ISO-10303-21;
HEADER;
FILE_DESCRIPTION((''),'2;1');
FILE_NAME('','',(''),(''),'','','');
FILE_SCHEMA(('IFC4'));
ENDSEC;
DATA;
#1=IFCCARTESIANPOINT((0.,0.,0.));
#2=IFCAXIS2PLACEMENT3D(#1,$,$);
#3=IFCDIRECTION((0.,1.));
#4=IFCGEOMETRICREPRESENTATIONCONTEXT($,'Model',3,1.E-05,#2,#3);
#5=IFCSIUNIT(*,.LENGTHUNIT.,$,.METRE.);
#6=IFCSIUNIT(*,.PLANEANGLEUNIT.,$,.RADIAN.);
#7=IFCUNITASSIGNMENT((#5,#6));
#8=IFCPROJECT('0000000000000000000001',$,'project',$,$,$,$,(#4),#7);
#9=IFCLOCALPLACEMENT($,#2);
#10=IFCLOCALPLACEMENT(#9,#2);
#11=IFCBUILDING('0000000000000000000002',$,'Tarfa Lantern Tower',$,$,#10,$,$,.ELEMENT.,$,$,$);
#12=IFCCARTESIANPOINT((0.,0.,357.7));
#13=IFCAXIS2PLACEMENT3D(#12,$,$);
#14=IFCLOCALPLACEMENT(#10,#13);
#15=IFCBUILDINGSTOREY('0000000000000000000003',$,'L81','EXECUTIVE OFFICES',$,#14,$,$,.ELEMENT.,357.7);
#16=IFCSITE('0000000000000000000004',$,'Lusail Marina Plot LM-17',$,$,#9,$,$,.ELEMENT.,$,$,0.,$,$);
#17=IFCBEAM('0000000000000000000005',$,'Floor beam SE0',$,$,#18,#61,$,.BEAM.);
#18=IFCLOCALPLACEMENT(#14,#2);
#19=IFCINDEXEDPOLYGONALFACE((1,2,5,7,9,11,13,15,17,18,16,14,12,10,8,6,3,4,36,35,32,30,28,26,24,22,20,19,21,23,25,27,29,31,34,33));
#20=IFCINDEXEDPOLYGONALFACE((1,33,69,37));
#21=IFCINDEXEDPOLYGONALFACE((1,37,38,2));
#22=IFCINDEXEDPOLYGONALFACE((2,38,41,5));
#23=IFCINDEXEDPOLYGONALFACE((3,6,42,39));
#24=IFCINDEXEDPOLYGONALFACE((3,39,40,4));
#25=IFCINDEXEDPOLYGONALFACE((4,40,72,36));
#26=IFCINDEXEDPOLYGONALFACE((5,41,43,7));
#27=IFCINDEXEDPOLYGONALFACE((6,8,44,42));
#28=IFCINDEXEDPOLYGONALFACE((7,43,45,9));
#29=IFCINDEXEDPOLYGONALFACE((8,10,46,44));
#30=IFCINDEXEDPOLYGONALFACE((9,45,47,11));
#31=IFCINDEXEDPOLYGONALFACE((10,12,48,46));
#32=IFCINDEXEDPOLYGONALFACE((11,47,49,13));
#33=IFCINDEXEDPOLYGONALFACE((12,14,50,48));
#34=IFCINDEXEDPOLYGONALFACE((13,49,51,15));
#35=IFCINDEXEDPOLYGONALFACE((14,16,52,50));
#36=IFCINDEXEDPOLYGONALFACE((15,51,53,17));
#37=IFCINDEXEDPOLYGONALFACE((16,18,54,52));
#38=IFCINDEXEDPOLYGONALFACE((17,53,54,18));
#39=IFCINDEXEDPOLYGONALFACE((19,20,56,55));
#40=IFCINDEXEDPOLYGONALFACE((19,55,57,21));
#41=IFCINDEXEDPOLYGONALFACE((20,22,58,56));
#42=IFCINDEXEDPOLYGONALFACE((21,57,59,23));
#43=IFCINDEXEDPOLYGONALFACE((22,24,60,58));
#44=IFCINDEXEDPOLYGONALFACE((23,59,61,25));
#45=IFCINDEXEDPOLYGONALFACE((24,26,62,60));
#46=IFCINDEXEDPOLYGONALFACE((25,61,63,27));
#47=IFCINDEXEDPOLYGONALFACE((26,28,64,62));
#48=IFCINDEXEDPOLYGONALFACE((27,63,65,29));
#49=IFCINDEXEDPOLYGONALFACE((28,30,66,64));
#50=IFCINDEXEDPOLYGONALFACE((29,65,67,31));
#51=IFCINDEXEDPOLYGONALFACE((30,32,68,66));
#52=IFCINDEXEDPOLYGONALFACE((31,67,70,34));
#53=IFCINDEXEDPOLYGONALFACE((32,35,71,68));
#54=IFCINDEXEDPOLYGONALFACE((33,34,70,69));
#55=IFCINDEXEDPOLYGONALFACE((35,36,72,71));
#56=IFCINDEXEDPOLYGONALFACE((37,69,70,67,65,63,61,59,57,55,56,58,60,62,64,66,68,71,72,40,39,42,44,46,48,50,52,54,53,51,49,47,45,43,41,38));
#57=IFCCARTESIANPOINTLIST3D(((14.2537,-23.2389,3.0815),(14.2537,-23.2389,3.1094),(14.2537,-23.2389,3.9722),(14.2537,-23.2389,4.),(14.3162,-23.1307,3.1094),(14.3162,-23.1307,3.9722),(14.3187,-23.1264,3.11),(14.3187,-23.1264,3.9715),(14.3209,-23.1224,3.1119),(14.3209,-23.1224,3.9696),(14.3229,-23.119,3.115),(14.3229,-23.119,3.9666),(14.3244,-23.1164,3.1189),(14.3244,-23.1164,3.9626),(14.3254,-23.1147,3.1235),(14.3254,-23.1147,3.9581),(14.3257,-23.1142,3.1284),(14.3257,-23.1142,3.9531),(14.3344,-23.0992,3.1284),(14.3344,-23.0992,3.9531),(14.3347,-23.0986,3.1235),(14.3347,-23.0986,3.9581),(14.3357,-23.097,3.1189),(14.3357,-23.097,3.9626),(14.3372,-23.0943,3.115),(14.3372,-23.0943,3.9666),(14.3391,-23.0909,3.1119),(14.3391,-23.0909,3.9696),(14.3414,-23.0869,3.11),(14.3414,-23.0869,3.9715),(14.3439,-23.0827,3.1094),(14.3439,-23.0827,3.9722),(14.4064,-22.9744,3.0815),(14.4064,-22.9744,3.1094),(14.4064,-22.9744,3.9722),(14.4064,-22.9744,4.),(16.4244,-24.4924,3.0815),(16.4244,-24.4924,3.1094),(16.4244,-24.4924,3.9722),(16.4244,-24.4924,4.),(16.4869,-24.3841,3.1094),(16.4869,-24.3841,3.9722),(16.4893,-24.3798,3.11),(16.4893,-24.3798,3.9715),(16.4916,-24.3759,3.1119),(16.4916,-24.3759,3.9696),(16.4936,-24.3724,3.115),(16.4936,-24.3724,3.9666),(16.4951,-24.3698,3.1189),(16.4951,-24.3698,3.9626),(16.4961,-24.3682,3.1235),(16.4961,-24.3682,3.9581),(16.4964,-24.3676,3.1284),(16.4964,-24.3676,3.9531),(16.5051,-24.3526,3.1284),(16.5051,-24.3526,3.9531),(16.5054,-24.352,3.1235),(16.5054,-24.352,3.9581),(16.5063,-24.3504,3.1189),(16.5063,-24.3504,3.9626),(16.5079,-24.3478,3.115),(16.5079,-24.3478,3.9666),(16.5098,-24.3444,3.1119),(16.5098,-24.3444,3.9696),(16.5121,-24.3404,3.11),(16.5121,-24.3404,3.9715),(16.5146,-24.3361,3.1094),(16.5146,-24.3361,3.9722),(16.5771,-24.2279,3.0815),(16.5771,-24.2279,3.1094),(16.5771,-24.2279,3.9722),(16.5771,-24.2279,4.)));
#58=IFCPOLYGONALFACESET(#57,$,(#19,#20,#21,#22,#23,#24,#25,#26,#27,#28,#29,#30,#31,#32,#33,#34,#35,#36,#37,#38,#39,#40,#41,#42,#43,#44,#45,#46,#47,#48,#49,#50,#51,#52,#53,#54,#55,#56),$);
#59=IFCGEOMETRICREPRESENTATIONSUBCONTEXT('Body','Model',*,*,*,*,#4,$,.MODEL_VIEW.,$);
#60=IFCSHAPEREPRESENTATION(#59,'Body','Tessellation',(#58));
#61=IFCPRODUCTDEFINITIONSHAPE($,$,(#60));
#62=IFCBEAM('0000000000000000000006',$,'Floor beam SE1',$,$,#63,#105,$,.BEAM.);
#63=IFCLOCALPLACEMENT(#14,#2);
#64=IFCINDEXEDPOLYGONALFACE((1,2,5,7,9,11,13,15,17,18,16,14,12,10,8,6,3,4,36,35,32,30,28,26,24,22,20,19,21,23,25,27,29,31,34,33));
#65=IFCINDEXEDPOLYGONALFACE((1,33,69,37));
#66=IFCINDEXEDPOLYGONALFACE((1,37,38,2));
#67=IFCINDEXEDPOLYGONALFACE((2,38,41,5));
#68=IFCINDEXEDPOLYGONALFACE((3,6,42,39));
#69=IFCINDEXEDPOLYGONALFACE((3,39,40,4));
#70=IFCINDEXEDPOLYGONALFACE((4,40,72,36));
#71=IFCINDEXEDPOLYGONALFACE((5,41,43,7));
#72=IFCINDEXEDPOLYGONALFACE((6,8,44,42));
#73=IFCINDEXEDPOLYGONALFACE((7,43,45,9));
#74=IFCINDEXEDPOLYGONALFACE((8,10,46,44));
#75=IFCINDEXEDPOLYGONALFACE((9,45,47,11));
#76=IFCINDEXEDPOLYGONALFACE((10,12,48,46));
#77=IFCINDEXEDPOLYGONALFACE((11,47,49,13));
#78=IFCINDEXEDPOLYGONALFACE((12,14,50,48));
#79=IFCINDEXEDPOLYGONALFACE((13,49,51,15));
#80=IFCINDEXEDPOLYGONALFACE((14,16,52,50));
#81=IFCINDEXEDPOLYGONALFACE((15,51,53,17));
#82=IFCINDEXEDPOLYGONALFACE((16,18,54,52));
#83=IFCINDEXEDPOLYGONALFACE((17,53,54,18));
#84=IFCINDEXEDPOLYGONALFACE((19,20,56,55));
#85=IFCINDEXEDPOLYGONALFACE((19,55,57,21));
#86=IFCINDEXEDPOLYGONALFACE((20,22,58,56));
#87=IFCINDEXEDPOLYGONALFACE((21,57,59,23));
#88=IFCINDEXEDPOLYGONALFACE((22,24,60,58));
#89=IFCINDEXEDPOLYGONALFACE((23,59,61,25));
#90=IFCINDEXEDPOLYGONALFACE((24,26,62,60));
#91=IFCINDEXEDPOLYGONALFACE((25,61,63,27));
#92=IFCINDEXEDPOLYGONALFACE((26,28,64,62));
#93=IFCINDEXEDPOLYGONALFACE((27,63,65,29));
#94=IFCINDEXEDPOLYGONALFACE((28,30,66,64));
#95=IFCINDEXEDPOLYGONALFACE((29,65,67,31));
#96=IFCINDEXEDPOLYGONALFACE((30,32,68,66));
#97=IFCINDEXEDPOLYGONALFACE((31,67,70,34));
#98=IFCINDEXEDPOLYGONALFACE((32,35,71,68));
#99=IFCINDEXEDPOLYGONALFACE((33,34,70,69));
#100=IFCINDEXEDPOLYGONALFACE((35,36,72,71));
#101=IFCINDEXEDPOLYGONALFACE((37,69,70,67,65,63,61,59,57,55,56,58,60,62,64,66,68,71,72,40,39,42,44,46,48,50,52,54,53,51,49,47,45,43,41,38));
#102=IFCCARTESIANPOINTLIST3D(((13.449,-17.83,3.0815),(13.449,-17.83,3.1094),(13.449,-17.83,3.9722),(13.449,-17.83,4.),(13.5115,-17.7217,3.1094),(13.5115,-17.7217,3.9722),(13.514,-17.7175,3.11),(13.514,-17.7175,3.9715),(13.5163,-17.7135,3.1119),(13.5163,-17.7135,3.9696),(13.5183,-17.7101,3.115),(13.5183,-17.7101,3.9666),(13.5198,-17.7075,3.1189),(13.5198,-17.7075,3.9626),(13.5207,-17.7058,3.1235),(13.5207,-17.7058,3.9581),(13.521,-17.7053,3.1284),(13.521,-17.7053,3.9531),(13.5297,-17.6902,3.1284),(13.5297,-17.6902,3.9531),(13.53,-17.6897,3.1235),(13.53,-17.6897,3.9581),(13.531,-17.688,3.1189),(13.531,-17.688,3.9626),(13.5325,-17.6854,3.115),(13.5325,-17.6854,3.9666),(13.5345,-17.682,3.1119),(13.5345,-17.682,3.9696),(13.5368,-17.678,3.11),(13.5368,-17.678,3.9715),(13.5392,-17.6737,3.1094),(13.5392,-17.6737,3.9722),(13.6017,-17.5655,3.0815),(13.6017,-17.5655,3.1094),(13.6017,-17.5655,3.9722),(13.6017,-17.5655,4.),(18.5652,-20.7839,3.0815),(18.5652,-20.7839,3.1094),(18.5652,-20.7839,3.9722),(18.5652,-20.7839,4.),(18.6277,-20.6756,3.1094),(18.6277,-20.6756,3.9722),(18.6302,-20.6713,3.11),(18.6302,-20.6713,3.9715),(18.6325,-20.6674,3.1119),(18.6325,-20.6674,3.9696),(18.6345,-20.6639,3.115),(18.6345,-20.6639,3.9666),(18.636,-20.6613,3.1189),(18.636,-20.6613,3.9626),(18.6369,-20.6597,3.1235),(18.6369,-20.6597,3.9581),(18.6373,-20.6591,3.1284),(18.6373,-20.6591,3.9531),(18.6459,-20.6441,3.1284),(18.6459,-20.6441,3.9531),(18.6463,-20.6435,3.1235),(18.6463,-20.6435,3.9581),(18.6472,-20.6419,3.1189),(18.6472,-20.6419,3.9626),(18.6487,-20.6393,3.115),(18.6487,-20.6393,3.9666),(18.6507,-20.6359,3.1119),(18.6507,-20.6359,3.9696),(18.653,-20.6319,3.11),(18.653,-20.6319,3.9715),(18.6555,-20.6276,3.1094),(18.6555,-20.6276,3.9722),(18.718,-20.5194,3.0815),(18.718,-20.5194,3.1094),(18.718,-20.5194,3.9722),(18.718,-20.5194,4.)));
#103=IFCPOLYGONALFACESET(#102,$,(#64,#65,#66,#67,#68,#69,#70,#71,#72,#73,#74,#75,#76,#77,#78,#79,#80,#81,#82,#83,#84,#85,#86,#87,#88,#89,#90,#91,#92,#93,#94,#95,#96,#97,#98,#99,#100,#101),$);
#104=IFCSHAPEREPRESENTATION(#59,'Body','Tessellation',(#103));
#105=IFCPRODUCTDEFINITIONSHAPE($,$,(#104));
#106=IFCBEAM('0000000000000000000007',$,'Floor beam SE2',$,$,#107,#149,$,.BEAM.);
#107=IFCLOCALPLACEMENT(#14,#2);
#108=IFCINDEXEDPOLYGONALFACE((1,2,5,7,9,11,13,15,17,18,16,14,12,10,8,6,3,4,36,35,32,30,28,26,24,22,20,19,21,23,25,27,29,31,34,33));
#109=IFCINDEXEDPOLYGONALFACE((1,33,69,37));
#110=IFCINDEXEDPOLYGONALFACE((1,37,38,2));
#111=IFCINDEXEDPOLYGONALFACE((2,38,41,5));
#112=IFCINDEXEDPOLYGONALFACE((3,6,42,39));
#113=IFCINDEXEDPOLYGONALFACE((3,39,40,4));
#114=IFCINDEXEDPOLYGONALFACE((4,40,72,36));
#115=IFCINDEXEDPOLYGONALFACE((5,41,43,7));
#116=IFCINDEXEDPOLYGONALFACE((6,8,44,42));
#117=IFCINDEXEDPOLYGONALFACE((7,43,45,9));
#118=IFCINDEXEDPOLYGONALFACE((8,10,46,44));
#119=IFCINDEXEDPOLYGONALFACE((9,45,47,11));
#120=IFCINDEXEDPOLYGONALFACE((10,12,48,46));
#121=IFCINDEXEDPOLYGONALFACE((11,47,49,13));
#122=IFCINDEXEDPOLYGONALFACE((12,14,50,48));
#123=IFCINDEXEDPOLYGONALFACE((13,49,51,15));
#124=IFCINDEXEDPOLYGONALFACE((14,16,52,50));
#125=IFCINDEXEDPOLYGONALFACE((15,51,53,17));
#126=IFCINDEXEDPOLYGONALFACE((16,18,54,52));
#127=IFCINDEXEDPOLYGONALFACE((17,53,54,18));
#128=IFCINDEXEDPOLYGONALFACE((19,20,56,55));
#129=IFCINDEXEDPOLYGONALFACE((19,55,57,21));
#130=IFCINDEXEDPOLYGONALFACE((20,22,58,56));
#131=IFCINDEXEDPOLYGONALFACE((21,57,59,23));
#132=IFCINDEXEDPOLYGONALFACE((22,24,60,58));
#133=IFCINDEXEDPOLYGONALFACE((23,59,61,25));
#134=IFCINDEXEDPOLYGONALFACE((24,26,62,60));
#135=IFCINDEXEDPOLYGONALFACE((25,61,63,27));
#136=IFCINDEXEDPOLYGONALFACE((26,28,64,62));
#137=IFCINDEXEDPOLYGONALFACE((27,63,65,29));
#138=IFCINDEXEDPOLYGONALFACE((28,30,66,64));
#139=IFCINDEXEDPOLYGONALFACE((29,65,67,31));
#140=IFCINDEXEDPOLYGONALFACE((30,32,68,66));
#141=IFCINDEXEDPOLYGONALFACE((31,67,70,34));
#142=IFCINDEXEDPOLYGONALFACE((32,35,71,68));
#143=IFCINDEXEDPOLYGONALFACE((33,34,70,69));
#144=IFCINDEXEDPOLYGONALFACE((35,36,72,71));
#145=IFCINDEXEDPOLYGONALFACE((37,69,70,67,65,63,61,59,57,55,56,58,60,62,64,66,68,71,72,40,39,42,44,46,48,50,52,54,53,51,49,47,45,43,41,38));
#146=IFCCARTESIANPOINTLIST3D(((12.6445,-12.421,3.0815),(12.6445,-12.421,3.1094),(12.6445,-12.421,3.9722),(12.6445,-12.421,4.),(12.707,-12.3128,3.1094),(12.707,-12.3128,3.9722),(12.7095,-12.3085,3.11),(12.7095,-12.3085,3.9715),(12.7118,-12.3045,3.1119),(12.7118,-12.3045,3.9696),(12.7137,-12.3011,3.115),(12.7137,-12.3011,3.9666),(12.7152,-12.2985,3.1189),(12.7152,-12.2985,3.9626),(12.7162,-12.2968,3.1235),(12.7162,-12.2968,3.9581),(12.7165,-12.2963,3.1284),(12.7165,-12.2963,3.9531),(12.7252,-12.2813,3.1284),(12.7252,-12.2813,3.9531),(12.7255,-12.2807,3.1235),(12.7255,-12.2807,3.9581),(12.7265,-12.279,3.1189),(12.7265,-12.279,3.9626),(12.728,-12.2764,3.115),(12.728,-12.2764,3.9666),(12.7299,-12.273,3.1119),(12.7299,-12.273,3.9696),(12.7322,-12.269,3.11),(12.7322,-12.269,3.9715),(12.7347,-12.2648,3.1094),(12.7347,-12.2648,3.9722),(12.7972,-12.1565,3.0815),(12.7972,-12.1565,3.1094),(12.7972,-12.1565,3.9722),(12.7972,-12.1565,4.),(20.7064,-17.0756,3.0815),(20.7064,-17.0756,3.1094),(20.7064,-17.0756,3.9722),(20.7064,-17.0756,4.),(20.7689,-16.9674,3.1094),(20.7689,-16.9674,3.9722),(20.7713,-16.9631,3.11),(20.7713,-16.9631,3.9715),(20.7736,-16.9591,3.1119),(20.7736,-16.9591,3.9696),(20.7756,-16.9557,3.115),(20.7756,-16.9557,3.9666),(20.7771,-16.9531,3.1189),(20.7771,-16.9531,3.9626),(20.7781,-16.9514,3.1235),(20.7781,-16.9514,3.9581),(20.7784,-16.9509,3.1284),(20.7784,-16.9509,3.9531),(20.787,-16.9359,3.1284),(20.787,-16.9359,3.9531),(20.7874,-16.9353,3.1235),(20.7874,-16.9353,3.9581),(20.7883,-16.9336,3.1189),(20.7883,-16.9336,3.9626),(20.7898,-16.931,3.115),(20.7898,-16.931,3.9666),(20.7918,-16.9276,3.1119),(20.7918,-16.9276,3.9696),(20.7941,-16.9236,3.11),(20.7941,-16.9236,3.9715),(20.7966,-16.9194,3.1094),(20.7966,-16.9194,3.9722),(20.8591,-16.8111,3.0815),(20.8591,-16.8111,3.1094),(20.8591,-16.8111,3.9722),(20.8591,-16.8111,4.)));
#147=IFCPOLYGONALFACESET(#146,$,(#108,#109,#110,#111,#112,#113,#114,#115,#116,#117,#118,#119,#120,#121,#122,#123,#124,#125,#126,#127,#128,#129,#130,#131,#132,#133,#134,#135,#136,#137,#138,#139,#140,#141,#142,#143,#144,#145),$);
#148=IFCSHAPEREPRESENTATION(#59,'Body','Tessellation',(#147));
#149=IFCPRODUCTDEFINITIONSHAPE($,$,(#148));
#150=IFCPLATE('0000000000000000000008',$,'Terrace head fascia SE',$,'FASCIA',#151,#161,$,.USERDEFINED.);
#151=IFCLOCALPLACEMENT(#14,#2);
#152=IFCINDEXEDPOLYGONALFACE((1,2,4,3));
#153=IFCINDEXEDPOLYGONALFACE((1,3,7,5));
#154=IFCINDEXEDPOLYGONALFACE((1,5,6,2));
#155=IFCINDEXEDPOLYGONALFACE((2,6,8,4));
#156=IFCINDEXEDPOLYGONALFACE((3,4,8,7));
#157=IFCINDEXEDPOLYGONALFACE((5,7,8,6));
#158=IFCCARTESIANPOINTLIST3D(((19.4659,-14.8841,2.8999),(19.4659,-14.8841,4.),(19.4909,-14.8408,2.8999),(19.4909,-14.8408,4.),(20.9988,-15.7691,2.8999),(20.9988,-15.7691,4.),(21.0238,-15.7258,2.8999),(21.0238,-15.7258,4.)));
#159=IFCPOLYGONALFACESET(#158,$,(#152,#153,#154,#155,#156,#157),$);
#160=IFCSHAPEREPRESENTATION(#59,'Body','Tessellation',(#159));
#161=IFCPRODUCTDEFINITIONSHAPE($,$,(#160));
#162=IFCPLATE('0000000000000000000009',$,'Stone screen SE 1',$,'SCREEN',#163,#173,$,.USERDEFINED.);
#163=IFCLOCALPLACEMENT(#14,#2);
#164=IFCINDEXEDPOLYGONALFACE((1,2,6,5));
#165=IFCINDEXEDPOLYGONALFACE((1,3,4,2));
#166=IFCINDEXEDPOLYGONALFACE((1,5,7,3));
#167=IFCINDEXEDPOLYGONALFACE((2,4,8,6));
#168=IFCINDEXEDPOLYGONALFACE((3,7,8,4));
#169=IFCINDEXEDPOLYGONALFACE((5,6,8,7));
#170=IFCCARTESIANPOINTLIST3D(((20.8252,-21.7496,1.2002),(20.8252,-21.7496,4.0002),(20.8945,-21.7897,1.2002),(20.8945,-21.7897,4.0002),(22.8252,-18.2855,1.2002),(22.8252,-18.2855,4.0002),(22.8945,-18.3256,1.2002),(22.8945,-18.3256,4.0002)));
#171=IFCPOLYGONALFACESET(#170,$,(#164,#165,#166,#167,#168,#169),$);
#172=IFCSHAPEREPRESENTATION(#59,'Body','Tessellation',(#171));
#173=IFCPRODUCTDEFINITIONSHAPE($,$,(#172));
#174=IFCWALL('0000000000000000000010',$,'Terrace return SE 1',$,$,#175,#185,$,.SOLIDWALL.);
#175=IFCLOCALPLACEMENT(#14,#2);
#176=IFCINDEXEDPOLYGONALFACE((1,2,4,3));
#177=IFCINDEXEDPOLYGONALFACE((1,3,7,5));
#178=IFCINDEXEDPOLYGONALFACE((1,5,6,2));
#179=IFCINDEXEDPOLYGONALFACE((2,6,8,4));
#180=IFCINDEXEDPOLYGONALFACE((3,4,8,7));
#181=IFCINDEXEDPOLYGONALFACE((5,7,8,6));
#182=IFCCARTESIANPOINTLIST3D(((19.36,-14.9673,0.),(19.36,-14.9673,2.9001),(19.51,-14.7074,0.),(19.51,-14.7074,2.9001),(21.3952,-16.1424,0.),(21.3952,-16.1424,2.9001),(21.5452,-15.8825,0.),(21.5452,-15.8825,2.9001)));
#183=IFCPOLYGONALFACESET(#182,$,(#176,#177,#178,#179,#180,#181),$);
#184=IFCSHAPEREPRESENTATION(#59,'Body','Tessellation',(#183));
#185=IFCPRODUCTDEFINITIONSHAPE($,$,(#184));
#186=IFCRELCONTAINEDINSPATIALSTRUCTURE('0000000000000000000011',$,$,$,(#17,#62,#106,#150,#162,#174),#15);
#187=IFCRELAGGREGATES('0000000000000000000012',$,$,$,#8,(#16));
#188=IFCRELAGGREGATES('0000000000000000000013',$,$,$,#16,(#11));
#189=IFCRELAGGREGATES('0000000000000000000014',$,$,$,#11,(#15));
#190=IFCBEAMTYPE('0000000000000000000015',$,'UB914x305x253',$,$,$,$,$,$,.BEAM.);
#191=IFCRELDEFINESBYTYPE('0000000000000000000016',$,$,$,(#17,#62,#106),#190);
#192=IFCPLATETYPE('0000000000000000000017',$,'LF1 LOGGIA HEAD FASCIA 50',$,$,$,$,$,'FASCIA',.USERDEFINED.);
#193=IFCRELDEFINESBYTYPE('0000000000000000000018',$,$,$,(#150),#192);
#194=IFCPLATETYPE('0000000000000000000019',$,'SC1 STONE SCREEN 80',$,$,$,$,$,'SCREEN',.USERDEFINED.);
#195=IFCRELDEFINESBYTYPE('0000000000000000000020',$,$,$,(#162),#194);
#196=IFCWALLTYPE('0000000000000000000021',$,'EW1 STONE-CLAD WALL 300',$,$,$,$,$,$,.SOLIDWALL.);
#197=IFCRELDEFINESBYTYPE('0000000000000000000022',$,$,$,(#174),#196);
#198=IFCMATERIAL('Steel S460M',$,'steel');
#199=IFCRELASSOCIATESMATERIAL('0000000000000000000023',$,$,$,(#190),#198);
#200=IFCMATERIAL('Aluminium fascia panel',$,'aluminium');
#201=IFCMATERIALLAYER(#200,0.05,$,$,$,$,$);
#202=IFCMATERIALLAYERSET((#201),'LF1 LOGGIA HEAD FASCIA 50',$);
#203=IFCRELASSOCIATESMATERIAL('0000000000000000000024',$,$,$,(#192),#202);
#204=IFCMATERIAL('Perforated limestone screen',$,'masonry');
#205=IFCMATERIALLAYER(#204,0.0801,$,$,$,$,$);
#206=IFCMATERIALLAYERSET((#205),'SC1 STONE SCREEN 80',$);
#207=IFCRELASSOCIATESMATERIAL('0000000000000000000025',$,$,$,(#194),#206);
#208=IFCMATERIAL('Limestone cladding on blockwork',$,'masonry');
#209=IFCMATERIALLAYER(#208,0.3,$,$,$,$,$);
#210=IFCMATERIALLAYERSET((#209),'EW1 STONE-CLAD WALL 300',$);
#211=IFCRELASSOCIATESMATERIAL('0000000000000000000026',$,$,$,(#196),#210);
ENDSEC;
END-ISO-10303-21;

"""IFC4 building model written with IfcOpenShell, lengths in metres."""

from ifc_helpers import new_model, si_unit, direction, frame, frame_2d, origin, origin_2d, place, context, subcontext, project, spatial, rectangle, i_section, extrude, material, layer, layer_set, material_profile, profile_set, type_object, element, save


model = new_model("IFC4")

# Units and contexts
model_context = context("Model", 3, precision=1e-05, world=origin(), true_north=direction((0.0, 1.0)))
body_context = subcontext(model_context, "Body", "Model", "MODEL_VIEW")
ifc_project = project(units=[si_unit("LENGTHUNIT", "METRE"), si_unit("PLANEANGLEUNIT", "RADIAN")], contexts=[model_context])

# Site, building, storey
site_placement = place(None, origin())
site = spatial("IfcSite", under=ifc_project, at=site_placement, Name="Lusail Marina Plot LM-17", CompositionType="ELEMENT", RefElevation=0.0)
building_placement = place(site_placement, origin())
building = spatial("IfcBuilding", under=site, at=building_placement, Name="Tarfa Lantern Tower", CompositionType="ELEMENT")
storey_placement = place(building_placement, frame((0.0, 0.0, 357.7)))
storey = spatial("IfcBuildingStorey", under=building, at=storey_placement, Name="L81", Description="EXECUTIVE OFFICES", CompositionType="ELEMENT", Elevation=357.7)

# Beams
ifc_material_1 = material(Name="Steel S460M", Category="steel")
ifc_material_profile_1 = material_profile(ifc_material_1, i_section(OverallWidth=0.3054, OverallDepth=0.9185, WebThickness=0.0173, FlangeThickness=0.0278, FilletRadius=0.019, at=origin_2d()), Name="UB914x305x253")
ifc_profile_set_1 = profile_set([ifc_material_profile_1], Name="Steel S460M")
beam_type_1 = type_object("IfcBeamType", Name="UB914x305x253", PredefinedType="BEAM", material=ifc_profile_set_1)
beam_1_placement = place(storey_placement, frame((16.5007, -24.3601, 3.5408), z_axis=(-0.865993, 0.500057, 0.0), x_axis=(-0.500057, -0.865993, 0.0)))
element("IfcBeam", 1, at=beam_1_placement, inside=storey, type_object=beam_type_1, Name="Floor beam SE0", PredefinedType="BEAM", context=body_context, shape_type="SweptSolid", body=[
    extrude(i_section(OverallWidth=0.3054, OverallDepth=0.9185, WebThickness=0.0173, FlangeThickness=0.0278, FilletRadius=0.019, at=origin_2d()), origin(), (0.0, 0.0, 1.0), 2.5066),
])
beam_2_placement = place(storey_placement, frame((18.6416, -20.6516, 3.5408), z_axis=(-0.866025, 0.500001, 0.0), x_axis=(-0.500001, -0.866025, 0.0)))
element("IfcBeam", 2, at=beam_2_placement, inside=storey, type_object=beam_type_1, Name="Floor beam SE1", PredefinedType="BEAM", context=body_context, shape_type="SweptSolid", body=[
    extrude(i_section(OverallWidth=0.3054, OverallDepth=0.9185, WebThickness=0.0173, FlangeThickness=0.0278, FilletRadius=0.019, at=origin_2d()), origin(), (0.0, 0.0, 1.0), 5.9077),
])
beam_3_placement = place(storey_placement, frame((20.7827, -16.9434, 3.5408), z_axis=(-0.866022, 0.500006, 0.0), x_axis=(-0.500006, -0.866022, 0.0)))
element("IfcBeam", 3, at=beam_3_placement, inside=storey, type_object=beam_type_1, Name="Floor beam SE2", PredefinedType="BEAM", context=body_context, shape_type="SweptSolid", body=[
    extrude(i_section(OverallWidth=0.3054, OverallDepth=0.9185, WebThickness=0.0173, FlangeThickness=0.0278, FilletRadius=0.019, at=origin_2d()), origin(), (0.0, 0.0, 1.0), 9.3091),
])

# Plates
ifc_material_2 = material(Name="Aluminium fascia panel", Category="aluminium")
ifc_layer_1 = layer(ifc_material_2, 0.05)
ifc_layer_set_1 = layer_set([ifc_layer_1], Name="LF1 LOGGIA HEAD FASCIA 50")
plate_type_1 = type_object("IfcPlateType", Name="LF1 LOGGIA HEAD FASCIA 50", ElementType="FASCIA", PredefinedType="USERDEFINED", material=ifc_layer_set_1)
plate_1_placement = place(storey_placement, frame((20.2449, -15.3049, 2.8999), z_axis=(0.0, 0.0, 1.0), x_axis=(-0.866025, 0.5, 0.0)))
element("IfcPlate", 4, at=plate_1_placement, inside=storey, type_object=plate_type_1, Name="Terrace head fascia SE", ObjectType="FASCIA", PredefinedType="USERDEFINED", context=body_context, shape_type="SweptSolid", body=[
    extrude(rectangle(XDim=1.77, YDim=0.05, at=origin_2d()), origin(), (0.0, 0.0, 1.0), 1.1001),
])
ifc_material_3 = material(Name="Perforated limestone screen", Category="masonry")
ifc_layer_2 = layer(ifc_material_3, 0.0801)
ifc_layer_set_2 = layer_set([ifc_layer_2], Name="SC1 STONE SCREEN 80")
plate_type_2 = type_object("IfcPlateType", Name="SC1 STONE SCREEN 80", ElementType="SCREEN", PredefinedType="USERDEFINED", material=ifc_layer_set_2)
plate_2_placement = place(storey_placement, frame((21.8599, -20.0376, 1.2002), z_axis=(0.0, 0.0, 1.0), x_axis=(0.5, 0.866025, 0.0)))
element("IfcPlate", 5, at=plate_2_placement, inside=storey, type_object=plate_type_2, Name="Stone screen SE 1", ObjectType="SCREEN", PredefinedType="USERDEFINED", context=body_context, shape_type="SweptSolid", body=[
    extrude(rectangle(XDim=4.0, YDim=0.0801, at=origin_2d()), origin(), (0.0, 0.0, 1.0), 2.8),
])

# Shared definitions
ifc_material_4 = material(Name="Limestone cladding on blockwork", Category="masonry")
ifc_layer_3 = layer(ifc_material_4, 0.3)
ifc_layer_set_3 = layer_set([ifc_layer_3], Name="EW1 STONE-CLAD WALL 300")
wall_type_1 = type_object("IfcWallType", Name="EW1 STONE-CLAD WALL 300", PredefinedType="SOLIDWALL", material=ifc_layer_set_3)

# Wall
wall_1_placement = place(storey_placement, frame((21.4702, -16.0125, 0.0), z_axis=(0.0, 0.0, 1.0), x_axis=(-0.866016, 0.500016, 0.0)))
element("IfcWall", 6, at=wall_1_placement, inside=storey, type_object=wall_type_1, Name="Terrace return SE 1", PredefinedType="SOLIDWALL", context=body_context, shape_type="SweptSolid", body=[
    extrude(rectangle(XDim=2.3501, YDim=0.3, at=frame_2d((1.175, 0.0))), origin(), (0.0, 0.0, 1.0), 2.9001),
])

save(model, "model.ifc")
